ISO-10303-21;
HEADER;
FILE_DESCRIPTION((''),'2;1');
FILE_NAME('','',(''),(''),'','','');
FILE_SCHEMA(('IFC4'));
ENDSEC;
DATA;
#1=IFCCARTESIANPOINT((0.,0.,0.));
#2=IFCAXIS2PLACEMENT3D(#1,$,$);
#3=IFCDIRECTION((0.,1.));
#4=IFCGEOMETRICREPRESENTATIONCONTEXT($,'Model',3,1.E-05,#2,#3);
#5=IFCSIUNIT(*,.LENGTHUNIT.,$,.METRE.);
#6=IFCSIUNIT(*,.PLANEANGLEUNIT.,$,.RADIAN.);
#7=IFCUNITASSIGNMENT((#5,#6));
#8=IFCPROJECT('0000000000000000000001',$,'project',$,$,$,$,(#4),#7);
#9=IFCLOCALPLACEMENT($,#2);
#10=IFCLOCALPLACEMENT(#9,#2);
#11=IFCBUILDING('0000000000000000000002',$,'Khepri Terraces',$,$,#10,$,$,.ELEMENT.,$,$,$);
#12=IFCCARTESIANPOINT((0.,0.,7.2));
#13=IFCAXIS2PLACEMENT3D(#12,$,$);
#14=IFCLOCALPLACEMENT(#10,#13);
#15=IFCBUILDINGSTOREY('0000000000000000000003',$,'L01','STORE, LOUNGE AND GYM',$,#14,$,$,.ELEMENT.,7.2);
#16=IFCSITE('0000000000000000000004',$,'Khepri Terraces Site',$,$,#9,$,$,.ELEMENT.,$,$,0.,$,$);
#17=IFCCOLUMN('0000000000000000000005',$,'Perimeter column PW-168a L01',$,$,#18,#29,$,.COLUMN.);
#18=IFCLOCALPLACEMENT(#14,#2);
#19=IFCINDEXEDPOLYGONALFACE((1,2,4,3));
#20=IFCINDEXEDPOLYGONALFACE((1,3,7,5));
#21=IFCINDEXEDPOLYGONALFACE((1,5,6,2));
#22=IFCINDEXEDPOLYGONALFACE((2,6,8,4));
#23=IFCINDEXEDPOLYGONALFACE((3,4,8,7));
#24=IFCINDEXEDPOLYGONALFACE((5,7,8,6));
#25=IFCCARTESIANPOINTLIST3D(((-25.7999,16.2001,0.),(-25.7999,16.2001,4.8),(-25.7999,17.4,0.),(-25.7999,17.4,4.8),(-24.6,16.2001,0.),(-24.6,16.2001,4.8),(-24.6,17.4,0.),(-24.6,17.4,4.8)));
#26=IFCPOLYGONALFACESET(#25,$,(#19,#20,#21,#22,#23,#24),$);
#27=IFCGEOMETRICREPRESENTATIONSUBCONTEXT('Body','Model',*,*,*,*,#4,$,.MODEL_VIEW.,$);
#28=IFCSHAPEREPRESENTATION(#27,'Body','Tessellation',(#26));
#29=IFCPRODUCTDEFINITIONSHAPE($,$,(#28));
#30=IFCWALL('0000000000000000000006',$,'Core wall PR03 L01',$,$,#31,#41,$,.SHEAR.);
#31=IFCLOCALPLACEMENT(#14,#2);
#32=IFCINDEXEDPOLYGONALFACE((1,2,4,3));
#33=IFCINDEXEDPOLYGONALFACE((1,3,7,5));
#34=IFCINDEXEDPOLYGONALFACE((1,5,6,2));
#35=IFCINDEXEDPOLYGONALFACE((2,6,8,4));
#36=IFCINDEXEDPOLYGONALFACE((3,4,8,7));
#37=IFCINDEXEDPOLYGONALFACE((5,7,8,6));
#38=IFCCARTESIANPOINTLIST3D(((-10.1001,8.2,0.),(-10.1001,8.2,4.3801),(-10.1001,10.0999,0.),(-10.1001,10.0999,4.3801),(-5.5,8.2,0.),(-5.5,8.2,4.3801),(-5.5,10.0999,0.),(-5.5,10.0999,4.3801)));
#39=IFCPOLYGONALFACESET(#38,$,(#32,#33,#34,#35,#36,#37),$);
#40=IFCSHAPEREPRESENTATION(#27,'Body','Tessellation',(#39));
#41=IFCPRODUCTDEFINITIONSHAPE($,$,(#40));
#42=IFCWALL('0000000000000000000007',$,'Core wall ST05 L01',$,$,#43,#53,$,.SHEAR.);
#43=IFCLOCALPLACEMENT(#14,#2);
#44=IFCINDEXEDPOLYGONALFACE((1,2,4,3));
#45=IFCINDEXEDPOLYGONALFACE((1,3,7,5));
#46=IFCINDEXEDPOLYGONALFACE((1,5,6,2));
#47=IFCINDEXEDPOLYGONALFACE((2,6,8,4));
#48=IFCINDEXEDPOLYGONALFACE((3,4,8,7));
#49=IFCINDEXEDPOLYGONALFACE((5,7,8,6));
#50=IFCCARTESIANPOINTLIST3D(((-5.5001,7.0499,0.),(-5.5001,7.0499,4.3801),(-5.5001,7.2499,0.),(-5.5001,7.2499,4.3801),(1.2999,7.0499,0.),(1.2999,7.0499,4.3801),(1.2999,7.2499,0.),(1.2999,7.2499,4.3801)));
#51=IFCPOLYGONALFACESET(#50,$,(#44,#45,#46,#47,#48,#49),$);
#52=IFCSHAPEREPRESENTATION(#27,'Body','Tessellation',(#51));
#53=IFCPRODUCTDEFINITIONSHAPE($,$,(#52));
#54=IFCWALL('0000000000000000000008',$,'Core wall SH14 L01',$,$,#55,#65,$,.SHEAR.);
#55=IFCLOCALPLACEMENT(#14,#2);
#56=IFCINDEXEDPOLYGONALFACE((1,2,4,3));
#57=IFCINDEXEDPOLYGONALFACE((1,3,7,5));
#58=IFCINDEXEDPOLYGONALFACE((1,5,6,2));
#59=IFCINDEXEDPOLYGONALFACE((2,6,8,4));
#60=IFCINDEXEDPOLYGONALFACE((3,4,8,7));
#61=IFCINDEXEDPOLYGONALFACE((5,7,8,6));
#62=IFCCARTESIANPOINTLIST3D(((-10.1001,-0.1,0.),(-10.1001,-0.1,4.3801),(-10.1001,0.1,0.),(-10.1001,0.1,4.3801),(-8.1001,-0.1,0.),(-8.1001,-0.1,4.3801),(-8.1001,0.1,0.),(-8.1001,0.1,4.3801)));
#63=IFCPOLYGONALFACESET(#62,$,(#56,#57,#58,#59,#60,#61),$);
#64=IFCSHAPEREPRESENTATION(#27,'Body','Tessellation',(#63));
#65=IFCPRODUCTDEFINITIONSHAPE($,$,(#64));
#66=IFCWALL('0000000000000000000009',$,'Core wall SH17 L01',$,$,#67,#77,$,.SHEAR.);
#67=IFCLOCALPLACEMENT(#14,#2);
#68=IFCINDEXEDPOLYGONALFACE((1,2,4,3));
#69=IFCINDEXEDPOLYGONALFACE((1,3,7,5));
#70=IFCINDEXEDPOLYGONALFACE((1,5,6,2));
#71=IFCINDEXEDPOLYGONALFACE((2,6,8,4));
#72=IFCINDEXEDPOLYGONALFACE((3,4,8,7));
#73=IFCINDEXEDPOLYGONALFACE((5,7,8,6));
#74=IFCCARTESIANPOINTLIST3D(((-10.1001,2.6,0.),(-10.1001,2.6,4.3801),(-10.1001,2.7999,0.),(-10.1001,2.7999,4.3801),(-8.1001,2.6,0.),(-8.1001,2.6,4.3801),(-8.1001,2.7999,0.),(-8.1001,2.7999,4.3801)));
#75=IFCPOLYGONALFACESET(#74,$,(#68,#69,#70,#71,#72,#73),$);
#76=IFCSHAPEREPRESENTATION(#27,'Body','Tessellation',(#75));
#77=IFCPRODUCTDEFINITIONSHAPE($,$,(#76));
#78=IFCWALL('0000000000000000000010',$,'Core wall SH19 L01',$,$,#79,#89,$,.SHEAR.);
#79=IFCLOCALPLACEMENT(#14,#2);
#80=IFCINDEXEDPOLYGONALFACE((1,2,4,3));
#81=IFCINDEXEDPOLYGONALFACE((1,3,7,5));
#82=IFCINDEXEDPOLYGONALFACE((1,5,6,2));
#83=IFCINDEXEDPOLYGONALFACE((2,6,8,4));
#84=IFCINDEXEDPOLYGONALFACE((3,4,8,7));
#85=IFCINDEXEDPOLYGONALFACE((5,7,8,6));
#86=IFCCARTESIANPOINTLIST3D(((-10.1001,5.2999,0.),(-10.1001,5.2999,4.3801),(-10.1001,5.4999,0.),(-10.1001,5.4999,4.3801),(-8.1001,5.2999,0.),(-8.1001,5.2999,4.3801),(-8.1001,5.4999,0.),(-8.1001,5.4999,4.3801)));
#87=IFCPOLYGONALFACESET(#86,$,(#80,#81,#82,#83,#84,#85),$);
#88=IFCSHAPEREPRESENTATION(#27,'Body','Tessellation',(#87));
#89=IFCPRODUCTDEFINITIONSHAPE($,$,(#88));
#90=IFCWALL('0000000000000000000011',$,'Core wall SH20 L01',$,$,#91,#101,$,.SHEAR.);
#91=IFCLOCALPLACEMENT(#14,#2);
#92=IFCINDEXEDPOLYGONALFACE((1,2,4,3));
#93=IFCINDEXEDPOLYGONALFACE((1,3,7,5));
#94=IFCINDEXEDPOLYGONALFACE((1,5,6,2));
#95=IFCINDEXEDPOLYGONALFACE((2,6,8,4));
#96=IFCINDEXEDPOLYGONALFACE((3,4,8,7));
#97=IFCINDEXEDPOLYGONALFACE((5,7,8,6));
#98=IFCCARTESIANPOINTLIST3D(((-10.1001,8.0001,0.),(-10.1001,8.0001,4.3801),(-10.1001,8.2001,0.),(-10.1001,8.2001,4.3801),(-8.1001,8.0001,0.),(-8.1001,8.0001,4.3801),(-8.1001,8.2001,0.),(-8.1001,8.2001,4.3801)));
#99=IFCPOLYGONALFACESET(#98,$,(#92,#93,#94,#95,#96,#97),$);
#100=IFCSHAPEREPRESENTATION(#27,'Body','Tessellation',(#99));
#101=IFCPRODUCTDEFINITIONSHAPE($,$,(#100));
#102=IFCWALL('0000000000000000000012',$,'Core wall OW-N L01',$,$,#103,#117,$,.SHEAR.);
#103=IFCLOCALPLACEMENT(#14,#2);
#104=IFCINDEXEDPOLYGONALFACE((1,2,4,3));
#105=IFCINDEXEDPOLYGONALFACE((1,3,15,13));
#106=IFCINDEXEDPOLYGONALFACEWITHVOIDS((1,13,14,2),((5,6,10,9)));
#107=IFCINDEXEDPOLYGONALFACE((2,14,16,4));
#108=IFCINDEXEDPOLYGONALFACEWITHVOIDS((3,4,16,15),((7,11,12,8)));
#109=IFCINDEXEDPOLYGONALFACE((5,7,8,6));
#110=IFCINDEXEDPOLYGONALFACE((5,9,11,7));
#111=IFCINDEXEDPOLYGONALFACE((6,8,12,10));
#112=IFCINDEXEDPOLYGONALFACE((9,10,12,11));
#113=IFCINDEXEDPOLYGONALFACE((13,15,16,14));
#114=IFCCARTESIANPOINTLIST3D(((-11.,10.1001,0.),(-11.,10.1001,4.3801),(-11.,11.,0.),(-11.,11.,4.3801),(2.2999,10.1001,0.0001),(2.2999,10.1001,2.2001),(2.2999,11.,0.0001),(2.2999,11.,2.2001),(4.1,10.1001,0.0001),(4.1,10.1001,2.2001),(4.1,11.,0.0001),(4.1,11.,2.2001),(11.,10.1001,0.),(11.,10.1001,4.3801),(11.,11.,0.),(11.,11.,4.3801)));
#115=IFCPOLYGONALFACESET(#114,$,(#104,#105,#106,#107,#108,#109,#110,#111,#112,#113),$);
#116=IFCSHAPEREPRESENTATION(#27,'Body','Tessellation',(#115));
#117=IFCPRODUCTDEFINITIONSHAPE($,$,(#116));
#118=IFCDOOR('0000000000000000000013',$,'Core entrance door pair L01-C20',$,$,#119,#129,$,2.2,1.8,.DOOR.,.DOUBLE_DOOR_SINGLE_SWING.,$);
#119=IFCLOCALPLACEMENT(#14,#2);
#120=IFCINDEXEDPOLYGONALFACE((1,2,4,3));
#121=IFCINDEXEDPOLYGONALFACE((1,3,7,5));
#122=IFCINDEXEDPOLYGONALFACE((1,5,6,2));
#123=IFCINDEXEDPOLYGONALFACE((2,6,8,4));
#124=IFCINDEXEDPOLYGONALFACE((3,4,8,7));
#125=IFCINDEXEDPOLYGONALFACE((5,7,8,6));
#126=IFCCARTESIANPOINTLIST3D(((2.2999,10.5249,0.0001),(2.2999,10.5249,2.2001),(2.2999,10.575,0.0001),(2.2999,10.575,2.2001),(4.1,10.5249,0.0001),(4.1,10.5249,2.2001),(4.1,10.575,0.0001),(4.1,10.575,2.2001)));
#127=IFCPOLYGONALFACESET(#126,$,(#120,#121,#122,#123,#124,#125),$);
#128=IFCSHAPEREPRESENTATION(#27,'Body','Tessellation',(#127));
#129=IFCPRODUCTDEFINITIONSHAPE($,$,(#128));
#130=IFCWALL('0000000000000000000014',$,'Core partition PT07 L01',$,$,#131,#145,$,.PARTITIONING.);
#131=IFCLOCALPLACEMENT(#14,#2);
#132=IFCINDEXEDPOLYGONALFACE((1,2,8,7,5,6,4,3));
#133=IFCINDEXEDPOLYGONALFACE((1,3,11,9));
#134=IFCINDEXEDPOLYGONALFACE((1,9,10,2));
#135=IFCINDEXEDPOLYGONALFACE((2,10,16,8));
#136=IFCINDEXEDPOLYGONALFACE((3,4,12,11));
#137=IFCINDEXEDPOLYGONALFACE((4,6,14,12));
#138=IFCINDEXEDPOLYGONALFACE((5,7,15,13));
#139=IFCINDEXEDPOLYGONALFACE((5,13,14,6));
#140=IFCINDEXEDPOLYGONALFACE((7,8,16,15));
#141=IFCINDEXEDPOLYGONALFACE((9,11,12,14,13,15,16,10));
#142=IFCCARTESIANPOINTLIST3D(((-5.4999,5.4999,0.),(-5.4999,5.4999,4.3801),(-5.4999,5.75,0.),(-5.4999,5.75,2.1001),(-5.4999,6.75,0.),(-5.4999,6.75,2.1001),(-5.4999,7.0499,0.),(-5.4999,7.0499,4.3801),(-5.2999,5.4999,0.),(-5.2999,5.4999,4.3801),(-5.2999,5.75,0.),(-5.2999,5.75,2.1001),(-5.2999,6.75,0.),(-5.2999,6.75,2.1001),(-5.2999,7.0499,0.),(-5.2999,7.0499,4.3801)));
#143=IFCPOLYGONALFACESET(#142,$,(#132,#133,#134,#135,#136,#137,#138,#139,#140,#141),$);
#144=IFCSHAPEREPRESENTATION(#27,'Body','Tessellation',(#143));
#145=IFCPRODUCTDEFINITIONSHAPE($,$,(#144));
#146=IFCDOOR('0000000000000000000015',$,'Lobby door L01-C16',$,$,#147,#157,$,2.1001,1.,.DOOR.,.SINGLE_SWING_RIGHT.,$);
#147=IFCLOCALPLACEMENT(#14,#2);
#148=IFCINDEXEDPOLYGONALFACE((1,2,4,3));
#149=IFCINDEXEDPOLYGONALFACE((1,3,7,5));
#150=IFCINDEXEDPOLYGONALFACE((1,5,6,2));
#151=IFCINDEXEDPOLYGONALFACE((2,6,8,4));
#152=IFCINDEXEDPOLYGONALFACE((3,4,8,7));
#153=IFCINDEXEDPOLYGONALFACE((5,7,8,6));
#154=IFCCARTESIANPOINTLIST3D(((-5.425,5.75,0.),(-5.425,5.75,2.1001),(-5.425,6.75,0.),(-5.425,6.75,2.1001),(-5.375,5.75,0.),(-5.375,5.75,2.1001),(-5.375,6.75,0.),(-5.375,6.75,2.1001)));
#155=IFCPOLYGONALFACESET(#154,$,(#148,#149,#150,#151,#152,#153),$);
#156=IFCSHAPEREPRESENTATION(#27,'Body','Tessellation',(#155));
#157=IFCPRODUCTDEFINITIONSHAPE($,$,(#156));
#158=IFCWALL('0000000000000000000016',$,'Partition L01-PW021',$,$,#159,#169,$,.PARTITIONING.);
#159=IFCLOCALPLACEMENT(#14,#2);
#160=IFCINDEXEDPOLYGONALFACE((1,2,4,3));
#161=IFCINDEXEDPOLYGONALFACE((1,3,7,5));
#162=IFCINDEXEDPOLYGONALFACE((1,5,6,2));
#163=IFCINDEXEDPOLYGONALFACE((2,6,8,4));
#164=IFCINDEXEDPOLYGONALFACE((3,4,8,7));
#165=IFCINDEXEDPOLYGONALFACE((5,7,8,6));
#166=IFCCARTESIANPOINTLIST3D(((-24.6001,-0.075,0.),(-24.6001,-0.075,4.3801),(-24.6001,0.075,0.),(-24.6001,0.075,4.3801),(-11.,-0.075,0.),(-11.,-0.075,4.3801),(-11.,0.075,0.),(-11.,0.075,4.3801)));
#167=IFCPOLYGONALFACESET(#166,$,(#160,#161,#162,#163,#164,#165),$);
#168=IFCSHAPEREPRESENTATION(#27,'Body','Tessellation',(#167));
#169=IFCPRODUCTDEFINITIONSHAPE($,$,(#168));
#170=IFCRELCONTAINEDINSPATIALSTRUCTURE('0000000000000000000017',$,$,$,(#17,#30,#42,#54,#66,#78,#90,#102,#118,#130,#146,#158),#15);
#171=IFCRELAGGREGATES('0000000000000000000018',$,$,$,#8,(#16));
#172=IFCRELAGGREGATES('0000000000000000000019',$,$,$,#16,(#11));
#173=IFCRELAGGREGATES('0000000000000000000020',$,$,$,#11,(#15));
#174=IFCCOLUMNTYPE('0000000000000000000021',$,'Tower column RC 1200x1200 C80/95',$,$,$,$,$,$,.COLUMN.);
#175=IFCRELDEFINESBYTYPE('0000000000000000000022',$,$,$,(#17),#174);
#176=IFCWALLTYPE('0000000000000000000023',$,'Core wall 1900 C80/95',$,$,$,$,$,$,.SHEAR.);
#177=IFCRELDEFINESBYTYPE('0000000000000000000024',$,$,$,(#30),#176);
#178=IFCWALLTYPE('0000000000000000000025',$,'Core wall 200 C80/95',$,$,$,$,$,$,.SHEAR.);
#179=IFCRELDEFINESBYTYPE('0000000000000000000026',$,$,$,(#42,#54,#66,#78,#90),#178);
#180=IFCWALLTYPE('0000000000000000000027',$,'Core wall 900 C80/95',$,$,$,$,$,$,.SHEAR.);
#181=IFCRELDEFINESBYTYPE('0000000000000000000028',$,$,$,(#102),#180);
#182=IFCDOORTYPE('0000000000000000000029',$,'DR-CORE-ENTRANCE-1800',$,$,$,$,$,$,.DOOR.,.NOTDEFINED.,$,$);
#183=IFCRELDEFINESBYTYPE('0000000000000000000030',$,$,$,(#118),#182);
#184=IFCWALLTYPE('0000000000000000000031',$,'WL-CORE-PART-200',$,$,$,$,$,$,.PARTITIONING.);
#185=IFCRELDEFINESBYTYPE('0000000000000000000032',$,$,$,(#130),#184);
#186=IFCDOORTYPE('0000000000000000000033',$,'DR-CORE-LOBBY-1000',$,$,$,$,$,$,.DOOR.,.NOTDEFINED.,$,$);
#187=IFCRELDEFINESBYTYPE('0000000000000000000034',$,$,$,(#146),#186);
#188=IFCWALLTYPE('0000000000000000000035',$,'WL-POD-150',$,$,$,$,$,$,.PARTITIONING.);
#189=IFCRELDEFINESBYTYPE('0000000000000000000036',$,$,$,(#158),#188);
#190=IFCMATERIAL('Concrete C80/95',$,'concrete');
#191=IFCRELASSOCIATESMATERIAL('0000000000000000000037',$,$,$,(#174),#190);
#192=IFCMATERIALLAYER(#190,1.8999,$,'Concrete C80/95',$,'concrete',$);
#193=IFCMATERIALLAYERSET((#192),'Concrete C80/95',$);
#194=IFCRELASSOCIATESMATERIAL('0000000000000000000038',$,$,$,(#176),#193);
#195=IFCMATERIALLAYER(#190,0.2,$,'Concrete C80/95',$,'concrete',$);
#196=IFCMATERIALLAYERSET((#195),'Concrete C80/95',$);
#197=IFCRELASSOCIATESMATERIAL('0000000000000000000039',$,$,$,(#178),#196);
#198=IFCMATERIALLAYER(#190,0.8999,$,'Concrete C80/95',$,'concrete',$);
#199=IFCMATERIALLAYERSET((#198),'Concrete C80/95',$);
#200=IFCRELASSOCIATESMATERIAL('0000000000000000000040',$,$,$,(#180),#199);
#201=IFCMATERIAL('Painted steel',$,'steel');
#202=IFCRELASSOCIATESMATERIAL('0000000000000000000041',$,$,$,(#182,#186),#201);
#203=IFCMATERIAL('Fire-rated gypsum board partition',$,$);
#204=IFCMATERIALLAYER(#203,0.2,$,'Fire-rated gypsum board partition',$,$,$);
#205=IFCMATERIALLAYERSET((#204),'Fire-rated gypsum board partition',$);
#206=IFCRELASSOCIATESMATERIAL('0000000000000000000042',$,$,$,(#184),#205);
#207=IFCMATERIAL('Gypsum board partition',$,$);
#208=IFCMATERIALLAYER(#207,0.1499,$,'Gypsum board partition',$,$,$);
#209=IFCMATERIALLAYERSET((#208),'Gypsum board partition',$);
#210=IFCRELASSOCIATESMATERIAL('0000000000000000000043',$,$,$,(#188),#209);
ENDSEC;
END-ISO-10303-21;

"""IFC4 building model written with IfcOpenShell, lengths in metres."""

from ifc_helpers import new_model, si_unit, direction, frame, frame_2d, origin, origin_2d, place, context, subcontext, project, spatial, rectangle, extrude, material, layer, layer_set, material_profile, profile_set, type_object, element, fill, save


model = new_model("IFC4")

# Units and contexts
model_context = context("Model", 3, precision=1e-05, world=origin(), true_north=direction((0.0, 1.0)))
body_context = subcontext(model_context, "Body", "Model", "MODEL_VIEW")
ifc_project = project(units=[si_unit("LENGTHUNIT", "METRE"), si_unit("PLANEANGLEUNIT", "RADIAN")], contexts=[model_context])

# Site, building, storey
site_placement = place(None, origin())
site = spatial("IfcSite", under=ifc_project, at=site_placement, Name="Khepri Terraces Site", CompositionType="ELEMENT", RefElevation=0.0)
building_placement = place(site_placement, origin())
building = spatial("IfcBuilding", under=site, at=building_placement, Name="Khepri Terraces", CompositionType="ELEMENT")
storey_placement = place(building_placement, frame((0.0, 0.0, 7.2)))
storey = spatial("IfcBuildingStorey", under=building, at=storey_placement, Name="L01", Description="STORE, LOUNGE AND GYM", CompositionType="ELEMENT", Elevation=7.2)

# Column
ifc_material_1 = material(Name="Concrete C80/95", Category="concrete")
ifc_material_profile = material_profile(ifc_material_1, rectangle(XDim=1.2, YDim=1.2, at=origin_2d()), Name="Concrete C80/95", Category="concrete")
ifc_profile_set = profile_set([ifc_material_profile], Name="Concrete C80/95")
column_type = type_object("IfcColumnType", Name="Tower column RC 1200x1200 C80/95", PredefinedType="COLUMN", material=ifc_profile_set)
column_placement = place(storey_placement, frame((-25.2, 16.8, 0.0), z_axis=(0.0, 0.0, 1.0), x_axis=(1.0, 0.0, 0.0)))
element("IfcColumn", 1, at=column_placement, inside=storey, type_object=column_type, Name="Perimeter column PW-168a L01", PredefinedType="COLUMN", context=body_context, shape_type="SweptSolid", body=[
    extrude(rectangle(XDim=1.2, YDim=1.2, at=origin_2d()), origin(), (0.0, 0.0, 1.0), 4.8),
])

# Walls
ifc_layer_1 = layer(ifc_material_1, 1.8999, Name="Concrete C80/95", Category="concrete")
ifc_layer_set_1 = layer_set([ifc_layer_1], Name="Concrete C80/95")
wall_type_1 = type_object("IfcWallType", Name="Core wall 1900 C80/95", PredefinedType="SHEAR", material=ifc_layer_set_1)
wall_1_placement = place(storey_placement, frame((-10.1001, 9.1499, 0.0), z_axis=(0.0, 0.0, 1.0), x_axis=(1.0, 0.0, 0.0)))
element("IfcWall", 2, at=wall_1_placement, inside=storey, type_object=wall_type_1, Name="Core wall PR03 L01", PredefinedType="SHEAR", context=body_context, shape_type="SweptSolid", body=[
    extrude(rectangle(XDim=4.6001, YDim=1.8999, at=frame_2d((2.3, 0.0))), origin(), (0.0, 0.0, 1.0), 4.3801),
])
ifc_layer_2 = layer(ifc_material_1, 0.2, Name="Concrete C80/95", Category="concrete")
ifc_layer_set_2 = layer_set([ifc_layer_2], Name="Concrete C80/95")
wall_type_2 = type_object("IfcWallType", Name="Core wall 200 C80/95", PredefinedType="SHEAR", material=ifc_layer_set_2)
wall_2_placement = place(storey_placement, frame((-5.5, 7.1499, 0.0), z_axis=(0.0, 0.0, 1.0), x_axis=(1.0, 0.0, 0.0)))
element("IfcWall", 3, at=wall_2_placement, inside=storey, type_object=wall_type_2, Name="Core wall ST05 L01", PredefinedType="SHEAR", context=body_context, shape_type="SweptSolid", body=[
    extrude(rectangle(XDim=6.8, YDim=0.2, at=frame_2d((3.3999, 0.0))), origin(), (0.0, 0.0, 1.0), 4.3801),
])
for number, where, z_axis, x_axis, name in (
    (4, (-10.1001, 0.0, 0.0), (0.0, 0.0, 1.0), (1.0, 0.0, 0.0), "Core wall SH14 L01"),
    (5, (-10.1001, 2.7, 0.0), (0.0, 0.0, 1.0), (1.0, 0.0, 0.0), "Core wall SH17 L01"),
    (6, (-10.1001, 5.3999, 0.0), (0.0, 0.0, 1.0), (1.0, 0.0, 0.0), "Core wall SH19 L01"),
    (7, (-10.1001, 8.1001, 0.0), (0.0, 0.0, 1.0), (1.0, 0.0, 0.0), "Core wall SH20 L01"),
):
    element("IfcWall", number, at=place(storey_placement, frame(where, z_axis=z_axis, x_axis=x_axis)), inside=storey, type_object=wall_type_2, Name=name, PredefinedType="SHEAR", context=body_context, shape_type="SweptSolid", body=[
        extrude(rectangle(XDim=2.0, YDim=0.2, at=frame_2d((1.0, 0.0))), origin(), (0.0, 0.0, 1.0), 4.3801),
    ])

# Walls, openings, doors
ifc_layer_3 = layer(ifc_material_1, 0.8999, Name="Concrete C80/95", Category="concrete")
ifc_layer_set_3 = layer_set([ifc_layer_3], Name="Concrete C80/95")
wall_type_3 = type_object("IfcWallType", Name="Core wall 900 C80/95", PredefinedType="SHEAR", material=ifc_layer_set_3)
wall_3_placement = place(storey_placement, frame((-11.0, 10.55, 0.0), z_axis=(0.0, 0.0, 1.0), x_axis=(1.0, 0.0, 0.0)))
wall_3 = element("IfcWall", 8, at=wall_3_placement, inside=storey, type_object=wall_type_3, Name="Core wall OW-N L01", PredefinedType="SHEAR", context=body_context, shape_type="SweptSolid", body=[
    extrude(rectangle(XDim=22.0, YDim=0.8999, at=frame_2d((11.0, 0.0))), origin(), (0.0, 0.0, 1.0), 4.3801),
])
opening_1_placement = place(wall_3_placement, frame((13.3, 0.0, 0.0)))
opening_1 = element("IfcOpeningElement", 9, at=opening_1_placement, cuts=wall_3, PredefinedType="OPENING", context=body_context, shape_type="SweptSolid", body=[
    extrude(rectangle(XDim=1.8, YDim=2.2, at=frame_2d((0.8999, 1.1001))), frame((0.0, 0.46, 0.0), z_axis=(0.0, -1.0, 0.0), x_axis=(1.0, 0.0, 0.0)), (0.0, 0.0, 1.0), 0.9199),
])
ifc_material_2 = material(Name="Painted steel", Category="steel")
door_type_1 = type_object("IfcDoorType", Name="DR-CORE-ENTRANCE-1800", OperationType="NOTDEFINED", PredefinedType="DOOR", material=ifc_material_2)
door_1_placement = place(opening_1_placement, origin())
door_1 = element("IfcDoor", 10, at=door_1_placement, inside=storey, type_object=door_type_1, Name="Core entrance door pair L01-C20", OperationType="DOUBLE_DOOR_SINGLE_SWING", OverallHeight=2.2, OverallWidth=1.8, PredefinedType="DOOR", context=body_context, shape_type="SweptSolid", body=[
    extrude(rectangle(XDim=1.8, YDim=2.2, at=frame_2d((0.8999, 1.1001))), frame((0.0, 0.0249, 0.0), z_axis=(0.0, -1.0, 0.0), x_axis=(1.0, 0.0, 0.0)), (0.0, 0.0, 1.0), 0.05),
])
fill(opening_1, door_1)
ifc_material_3 = material(Name="Fire-rated gypsum board partition")
ifc_layer_4 = layer(ifc_material_3, 0.2, Name="Fire-rated gypsum board partition")
ifc_layer_set_4 = layer_set([ifc_layer_4], Name="Fire-rated gypsum board partition")
wall_type_4 = type_object("IfcWallType", Name="WL-CORE-PART-200", PredefinedType="PARTITIONING", material=ifc_layer_set_4)
wall_4_placement = place(storey_placement, frame((-5.3999, 5.5, 0.0), z_axis=(0.0, 0.0, 1.0), x_axis=(0.0, 1.0, 0.0)))
wall_4 = element("IfcWall", 11, at=wall_4_placement, inside=storey, type_object=wall_type_4, Name="Core partition PT07 L01", PredefinedType="PARTITIONING", context=body_context, shape_type="SweptSolid", body=[
    extrude(rectangle(XDim=1.55, YDim=0.2, at=frame_2d((0.7749, 0.0))), origin(), (0.0, 0.0, 1.0), 4.3801),
])
opening_2_placement = place(wall_4_placement, frame((0.25, 0.0, 0.0)))
opening_2 = element("IfcOpeningElement", 12, at=opening_2_placement, cuts=wall_4, PredefinedType="OPENING", context=body_context, shape_type="SweptSolid", body=[
    extrude(rectangle(XDim=1.0, YDim=2.1001, at=frame_2d((0.5, 1.05))), frame((0.0, 0.1099, 0.0), z_axis=(0.0, -1.0, 0.0), x_axis=(1.0, 0.0, 0.0)), (0.0, 0.0, 1.0), 0.22),
])
door_type_2 = type_object("IfcDoorType", Name="DR-CORE-LOBBY-1000", OperationType="NOTDEFINED", PredefinedType="DOOR", material=ifc_material_2)
door_2_placement = place(opening_2_placement, frame((1.0, 0.0, 0.0), z_axis=(0.0, 0.0, 1.0), x_axis=(-1.0, 0.0, 0.0)))
door_2 = element("IfcDoor", 13, at=door_2_placement, inside=storey, type_object=door_type_2, Name="Lobby door L01-C16", OperationType="SINGLE_SWING_RIGHT", OverallHeight=2.1001, OverallWidth=1.0, PredefinedType="DOOR", context=body_context, shape_type="SweptSolid", body=[
    extrude(rectangle(XDim=1.0, YDim=2.1001, at=frame_2d((0.5, 1.05))), frame((0.0, 0.0249, 0.0), z_axis=(0.0, -1.0, 0.0), x_axis=(1.0, 0.0, 0.0)), (0.0, 0.0, 1.0), 0.05),
])
fill(opening_2, door_2)

# Wall
ifc_material_4 = material(Name="Gypsum board partition")
ifc_layer_5 = layer(ifc_material_4, 0.1499, Name="Gypsum board partition")
ifc_layer_set_5 = layer_set([ifc_layer_5], Name="Gypsum board partition")
wall_type_5 = type_object("IfcWallType", Name="WL-POD-150", PredefinedType="PARTITIONING", material=ifc_layer_set_5)
wall_5_placement = place(storey_placement, frame((-24.6001, 0.0, 0.0), z_axis=(0.0, 0.0, 1.0), x_axis=(1.0, 0.0, 0.0)))
element("IfcWall", 14, at=wall_5_placement, inside=storey, type_object=wall_type_5, Name="Partition L01-PW021", PredefinedType="PARTITIONING", context=body_context, shape_type="SweptSolid", body=[
    extrude(rectangle(XDim=13.6001, YDim=0.1499, at=frame_2d((6.8, 0.0))), origin(), (0.0, 0.0, 1.0), 4.3801),
])

save(model, "model.ifc")
